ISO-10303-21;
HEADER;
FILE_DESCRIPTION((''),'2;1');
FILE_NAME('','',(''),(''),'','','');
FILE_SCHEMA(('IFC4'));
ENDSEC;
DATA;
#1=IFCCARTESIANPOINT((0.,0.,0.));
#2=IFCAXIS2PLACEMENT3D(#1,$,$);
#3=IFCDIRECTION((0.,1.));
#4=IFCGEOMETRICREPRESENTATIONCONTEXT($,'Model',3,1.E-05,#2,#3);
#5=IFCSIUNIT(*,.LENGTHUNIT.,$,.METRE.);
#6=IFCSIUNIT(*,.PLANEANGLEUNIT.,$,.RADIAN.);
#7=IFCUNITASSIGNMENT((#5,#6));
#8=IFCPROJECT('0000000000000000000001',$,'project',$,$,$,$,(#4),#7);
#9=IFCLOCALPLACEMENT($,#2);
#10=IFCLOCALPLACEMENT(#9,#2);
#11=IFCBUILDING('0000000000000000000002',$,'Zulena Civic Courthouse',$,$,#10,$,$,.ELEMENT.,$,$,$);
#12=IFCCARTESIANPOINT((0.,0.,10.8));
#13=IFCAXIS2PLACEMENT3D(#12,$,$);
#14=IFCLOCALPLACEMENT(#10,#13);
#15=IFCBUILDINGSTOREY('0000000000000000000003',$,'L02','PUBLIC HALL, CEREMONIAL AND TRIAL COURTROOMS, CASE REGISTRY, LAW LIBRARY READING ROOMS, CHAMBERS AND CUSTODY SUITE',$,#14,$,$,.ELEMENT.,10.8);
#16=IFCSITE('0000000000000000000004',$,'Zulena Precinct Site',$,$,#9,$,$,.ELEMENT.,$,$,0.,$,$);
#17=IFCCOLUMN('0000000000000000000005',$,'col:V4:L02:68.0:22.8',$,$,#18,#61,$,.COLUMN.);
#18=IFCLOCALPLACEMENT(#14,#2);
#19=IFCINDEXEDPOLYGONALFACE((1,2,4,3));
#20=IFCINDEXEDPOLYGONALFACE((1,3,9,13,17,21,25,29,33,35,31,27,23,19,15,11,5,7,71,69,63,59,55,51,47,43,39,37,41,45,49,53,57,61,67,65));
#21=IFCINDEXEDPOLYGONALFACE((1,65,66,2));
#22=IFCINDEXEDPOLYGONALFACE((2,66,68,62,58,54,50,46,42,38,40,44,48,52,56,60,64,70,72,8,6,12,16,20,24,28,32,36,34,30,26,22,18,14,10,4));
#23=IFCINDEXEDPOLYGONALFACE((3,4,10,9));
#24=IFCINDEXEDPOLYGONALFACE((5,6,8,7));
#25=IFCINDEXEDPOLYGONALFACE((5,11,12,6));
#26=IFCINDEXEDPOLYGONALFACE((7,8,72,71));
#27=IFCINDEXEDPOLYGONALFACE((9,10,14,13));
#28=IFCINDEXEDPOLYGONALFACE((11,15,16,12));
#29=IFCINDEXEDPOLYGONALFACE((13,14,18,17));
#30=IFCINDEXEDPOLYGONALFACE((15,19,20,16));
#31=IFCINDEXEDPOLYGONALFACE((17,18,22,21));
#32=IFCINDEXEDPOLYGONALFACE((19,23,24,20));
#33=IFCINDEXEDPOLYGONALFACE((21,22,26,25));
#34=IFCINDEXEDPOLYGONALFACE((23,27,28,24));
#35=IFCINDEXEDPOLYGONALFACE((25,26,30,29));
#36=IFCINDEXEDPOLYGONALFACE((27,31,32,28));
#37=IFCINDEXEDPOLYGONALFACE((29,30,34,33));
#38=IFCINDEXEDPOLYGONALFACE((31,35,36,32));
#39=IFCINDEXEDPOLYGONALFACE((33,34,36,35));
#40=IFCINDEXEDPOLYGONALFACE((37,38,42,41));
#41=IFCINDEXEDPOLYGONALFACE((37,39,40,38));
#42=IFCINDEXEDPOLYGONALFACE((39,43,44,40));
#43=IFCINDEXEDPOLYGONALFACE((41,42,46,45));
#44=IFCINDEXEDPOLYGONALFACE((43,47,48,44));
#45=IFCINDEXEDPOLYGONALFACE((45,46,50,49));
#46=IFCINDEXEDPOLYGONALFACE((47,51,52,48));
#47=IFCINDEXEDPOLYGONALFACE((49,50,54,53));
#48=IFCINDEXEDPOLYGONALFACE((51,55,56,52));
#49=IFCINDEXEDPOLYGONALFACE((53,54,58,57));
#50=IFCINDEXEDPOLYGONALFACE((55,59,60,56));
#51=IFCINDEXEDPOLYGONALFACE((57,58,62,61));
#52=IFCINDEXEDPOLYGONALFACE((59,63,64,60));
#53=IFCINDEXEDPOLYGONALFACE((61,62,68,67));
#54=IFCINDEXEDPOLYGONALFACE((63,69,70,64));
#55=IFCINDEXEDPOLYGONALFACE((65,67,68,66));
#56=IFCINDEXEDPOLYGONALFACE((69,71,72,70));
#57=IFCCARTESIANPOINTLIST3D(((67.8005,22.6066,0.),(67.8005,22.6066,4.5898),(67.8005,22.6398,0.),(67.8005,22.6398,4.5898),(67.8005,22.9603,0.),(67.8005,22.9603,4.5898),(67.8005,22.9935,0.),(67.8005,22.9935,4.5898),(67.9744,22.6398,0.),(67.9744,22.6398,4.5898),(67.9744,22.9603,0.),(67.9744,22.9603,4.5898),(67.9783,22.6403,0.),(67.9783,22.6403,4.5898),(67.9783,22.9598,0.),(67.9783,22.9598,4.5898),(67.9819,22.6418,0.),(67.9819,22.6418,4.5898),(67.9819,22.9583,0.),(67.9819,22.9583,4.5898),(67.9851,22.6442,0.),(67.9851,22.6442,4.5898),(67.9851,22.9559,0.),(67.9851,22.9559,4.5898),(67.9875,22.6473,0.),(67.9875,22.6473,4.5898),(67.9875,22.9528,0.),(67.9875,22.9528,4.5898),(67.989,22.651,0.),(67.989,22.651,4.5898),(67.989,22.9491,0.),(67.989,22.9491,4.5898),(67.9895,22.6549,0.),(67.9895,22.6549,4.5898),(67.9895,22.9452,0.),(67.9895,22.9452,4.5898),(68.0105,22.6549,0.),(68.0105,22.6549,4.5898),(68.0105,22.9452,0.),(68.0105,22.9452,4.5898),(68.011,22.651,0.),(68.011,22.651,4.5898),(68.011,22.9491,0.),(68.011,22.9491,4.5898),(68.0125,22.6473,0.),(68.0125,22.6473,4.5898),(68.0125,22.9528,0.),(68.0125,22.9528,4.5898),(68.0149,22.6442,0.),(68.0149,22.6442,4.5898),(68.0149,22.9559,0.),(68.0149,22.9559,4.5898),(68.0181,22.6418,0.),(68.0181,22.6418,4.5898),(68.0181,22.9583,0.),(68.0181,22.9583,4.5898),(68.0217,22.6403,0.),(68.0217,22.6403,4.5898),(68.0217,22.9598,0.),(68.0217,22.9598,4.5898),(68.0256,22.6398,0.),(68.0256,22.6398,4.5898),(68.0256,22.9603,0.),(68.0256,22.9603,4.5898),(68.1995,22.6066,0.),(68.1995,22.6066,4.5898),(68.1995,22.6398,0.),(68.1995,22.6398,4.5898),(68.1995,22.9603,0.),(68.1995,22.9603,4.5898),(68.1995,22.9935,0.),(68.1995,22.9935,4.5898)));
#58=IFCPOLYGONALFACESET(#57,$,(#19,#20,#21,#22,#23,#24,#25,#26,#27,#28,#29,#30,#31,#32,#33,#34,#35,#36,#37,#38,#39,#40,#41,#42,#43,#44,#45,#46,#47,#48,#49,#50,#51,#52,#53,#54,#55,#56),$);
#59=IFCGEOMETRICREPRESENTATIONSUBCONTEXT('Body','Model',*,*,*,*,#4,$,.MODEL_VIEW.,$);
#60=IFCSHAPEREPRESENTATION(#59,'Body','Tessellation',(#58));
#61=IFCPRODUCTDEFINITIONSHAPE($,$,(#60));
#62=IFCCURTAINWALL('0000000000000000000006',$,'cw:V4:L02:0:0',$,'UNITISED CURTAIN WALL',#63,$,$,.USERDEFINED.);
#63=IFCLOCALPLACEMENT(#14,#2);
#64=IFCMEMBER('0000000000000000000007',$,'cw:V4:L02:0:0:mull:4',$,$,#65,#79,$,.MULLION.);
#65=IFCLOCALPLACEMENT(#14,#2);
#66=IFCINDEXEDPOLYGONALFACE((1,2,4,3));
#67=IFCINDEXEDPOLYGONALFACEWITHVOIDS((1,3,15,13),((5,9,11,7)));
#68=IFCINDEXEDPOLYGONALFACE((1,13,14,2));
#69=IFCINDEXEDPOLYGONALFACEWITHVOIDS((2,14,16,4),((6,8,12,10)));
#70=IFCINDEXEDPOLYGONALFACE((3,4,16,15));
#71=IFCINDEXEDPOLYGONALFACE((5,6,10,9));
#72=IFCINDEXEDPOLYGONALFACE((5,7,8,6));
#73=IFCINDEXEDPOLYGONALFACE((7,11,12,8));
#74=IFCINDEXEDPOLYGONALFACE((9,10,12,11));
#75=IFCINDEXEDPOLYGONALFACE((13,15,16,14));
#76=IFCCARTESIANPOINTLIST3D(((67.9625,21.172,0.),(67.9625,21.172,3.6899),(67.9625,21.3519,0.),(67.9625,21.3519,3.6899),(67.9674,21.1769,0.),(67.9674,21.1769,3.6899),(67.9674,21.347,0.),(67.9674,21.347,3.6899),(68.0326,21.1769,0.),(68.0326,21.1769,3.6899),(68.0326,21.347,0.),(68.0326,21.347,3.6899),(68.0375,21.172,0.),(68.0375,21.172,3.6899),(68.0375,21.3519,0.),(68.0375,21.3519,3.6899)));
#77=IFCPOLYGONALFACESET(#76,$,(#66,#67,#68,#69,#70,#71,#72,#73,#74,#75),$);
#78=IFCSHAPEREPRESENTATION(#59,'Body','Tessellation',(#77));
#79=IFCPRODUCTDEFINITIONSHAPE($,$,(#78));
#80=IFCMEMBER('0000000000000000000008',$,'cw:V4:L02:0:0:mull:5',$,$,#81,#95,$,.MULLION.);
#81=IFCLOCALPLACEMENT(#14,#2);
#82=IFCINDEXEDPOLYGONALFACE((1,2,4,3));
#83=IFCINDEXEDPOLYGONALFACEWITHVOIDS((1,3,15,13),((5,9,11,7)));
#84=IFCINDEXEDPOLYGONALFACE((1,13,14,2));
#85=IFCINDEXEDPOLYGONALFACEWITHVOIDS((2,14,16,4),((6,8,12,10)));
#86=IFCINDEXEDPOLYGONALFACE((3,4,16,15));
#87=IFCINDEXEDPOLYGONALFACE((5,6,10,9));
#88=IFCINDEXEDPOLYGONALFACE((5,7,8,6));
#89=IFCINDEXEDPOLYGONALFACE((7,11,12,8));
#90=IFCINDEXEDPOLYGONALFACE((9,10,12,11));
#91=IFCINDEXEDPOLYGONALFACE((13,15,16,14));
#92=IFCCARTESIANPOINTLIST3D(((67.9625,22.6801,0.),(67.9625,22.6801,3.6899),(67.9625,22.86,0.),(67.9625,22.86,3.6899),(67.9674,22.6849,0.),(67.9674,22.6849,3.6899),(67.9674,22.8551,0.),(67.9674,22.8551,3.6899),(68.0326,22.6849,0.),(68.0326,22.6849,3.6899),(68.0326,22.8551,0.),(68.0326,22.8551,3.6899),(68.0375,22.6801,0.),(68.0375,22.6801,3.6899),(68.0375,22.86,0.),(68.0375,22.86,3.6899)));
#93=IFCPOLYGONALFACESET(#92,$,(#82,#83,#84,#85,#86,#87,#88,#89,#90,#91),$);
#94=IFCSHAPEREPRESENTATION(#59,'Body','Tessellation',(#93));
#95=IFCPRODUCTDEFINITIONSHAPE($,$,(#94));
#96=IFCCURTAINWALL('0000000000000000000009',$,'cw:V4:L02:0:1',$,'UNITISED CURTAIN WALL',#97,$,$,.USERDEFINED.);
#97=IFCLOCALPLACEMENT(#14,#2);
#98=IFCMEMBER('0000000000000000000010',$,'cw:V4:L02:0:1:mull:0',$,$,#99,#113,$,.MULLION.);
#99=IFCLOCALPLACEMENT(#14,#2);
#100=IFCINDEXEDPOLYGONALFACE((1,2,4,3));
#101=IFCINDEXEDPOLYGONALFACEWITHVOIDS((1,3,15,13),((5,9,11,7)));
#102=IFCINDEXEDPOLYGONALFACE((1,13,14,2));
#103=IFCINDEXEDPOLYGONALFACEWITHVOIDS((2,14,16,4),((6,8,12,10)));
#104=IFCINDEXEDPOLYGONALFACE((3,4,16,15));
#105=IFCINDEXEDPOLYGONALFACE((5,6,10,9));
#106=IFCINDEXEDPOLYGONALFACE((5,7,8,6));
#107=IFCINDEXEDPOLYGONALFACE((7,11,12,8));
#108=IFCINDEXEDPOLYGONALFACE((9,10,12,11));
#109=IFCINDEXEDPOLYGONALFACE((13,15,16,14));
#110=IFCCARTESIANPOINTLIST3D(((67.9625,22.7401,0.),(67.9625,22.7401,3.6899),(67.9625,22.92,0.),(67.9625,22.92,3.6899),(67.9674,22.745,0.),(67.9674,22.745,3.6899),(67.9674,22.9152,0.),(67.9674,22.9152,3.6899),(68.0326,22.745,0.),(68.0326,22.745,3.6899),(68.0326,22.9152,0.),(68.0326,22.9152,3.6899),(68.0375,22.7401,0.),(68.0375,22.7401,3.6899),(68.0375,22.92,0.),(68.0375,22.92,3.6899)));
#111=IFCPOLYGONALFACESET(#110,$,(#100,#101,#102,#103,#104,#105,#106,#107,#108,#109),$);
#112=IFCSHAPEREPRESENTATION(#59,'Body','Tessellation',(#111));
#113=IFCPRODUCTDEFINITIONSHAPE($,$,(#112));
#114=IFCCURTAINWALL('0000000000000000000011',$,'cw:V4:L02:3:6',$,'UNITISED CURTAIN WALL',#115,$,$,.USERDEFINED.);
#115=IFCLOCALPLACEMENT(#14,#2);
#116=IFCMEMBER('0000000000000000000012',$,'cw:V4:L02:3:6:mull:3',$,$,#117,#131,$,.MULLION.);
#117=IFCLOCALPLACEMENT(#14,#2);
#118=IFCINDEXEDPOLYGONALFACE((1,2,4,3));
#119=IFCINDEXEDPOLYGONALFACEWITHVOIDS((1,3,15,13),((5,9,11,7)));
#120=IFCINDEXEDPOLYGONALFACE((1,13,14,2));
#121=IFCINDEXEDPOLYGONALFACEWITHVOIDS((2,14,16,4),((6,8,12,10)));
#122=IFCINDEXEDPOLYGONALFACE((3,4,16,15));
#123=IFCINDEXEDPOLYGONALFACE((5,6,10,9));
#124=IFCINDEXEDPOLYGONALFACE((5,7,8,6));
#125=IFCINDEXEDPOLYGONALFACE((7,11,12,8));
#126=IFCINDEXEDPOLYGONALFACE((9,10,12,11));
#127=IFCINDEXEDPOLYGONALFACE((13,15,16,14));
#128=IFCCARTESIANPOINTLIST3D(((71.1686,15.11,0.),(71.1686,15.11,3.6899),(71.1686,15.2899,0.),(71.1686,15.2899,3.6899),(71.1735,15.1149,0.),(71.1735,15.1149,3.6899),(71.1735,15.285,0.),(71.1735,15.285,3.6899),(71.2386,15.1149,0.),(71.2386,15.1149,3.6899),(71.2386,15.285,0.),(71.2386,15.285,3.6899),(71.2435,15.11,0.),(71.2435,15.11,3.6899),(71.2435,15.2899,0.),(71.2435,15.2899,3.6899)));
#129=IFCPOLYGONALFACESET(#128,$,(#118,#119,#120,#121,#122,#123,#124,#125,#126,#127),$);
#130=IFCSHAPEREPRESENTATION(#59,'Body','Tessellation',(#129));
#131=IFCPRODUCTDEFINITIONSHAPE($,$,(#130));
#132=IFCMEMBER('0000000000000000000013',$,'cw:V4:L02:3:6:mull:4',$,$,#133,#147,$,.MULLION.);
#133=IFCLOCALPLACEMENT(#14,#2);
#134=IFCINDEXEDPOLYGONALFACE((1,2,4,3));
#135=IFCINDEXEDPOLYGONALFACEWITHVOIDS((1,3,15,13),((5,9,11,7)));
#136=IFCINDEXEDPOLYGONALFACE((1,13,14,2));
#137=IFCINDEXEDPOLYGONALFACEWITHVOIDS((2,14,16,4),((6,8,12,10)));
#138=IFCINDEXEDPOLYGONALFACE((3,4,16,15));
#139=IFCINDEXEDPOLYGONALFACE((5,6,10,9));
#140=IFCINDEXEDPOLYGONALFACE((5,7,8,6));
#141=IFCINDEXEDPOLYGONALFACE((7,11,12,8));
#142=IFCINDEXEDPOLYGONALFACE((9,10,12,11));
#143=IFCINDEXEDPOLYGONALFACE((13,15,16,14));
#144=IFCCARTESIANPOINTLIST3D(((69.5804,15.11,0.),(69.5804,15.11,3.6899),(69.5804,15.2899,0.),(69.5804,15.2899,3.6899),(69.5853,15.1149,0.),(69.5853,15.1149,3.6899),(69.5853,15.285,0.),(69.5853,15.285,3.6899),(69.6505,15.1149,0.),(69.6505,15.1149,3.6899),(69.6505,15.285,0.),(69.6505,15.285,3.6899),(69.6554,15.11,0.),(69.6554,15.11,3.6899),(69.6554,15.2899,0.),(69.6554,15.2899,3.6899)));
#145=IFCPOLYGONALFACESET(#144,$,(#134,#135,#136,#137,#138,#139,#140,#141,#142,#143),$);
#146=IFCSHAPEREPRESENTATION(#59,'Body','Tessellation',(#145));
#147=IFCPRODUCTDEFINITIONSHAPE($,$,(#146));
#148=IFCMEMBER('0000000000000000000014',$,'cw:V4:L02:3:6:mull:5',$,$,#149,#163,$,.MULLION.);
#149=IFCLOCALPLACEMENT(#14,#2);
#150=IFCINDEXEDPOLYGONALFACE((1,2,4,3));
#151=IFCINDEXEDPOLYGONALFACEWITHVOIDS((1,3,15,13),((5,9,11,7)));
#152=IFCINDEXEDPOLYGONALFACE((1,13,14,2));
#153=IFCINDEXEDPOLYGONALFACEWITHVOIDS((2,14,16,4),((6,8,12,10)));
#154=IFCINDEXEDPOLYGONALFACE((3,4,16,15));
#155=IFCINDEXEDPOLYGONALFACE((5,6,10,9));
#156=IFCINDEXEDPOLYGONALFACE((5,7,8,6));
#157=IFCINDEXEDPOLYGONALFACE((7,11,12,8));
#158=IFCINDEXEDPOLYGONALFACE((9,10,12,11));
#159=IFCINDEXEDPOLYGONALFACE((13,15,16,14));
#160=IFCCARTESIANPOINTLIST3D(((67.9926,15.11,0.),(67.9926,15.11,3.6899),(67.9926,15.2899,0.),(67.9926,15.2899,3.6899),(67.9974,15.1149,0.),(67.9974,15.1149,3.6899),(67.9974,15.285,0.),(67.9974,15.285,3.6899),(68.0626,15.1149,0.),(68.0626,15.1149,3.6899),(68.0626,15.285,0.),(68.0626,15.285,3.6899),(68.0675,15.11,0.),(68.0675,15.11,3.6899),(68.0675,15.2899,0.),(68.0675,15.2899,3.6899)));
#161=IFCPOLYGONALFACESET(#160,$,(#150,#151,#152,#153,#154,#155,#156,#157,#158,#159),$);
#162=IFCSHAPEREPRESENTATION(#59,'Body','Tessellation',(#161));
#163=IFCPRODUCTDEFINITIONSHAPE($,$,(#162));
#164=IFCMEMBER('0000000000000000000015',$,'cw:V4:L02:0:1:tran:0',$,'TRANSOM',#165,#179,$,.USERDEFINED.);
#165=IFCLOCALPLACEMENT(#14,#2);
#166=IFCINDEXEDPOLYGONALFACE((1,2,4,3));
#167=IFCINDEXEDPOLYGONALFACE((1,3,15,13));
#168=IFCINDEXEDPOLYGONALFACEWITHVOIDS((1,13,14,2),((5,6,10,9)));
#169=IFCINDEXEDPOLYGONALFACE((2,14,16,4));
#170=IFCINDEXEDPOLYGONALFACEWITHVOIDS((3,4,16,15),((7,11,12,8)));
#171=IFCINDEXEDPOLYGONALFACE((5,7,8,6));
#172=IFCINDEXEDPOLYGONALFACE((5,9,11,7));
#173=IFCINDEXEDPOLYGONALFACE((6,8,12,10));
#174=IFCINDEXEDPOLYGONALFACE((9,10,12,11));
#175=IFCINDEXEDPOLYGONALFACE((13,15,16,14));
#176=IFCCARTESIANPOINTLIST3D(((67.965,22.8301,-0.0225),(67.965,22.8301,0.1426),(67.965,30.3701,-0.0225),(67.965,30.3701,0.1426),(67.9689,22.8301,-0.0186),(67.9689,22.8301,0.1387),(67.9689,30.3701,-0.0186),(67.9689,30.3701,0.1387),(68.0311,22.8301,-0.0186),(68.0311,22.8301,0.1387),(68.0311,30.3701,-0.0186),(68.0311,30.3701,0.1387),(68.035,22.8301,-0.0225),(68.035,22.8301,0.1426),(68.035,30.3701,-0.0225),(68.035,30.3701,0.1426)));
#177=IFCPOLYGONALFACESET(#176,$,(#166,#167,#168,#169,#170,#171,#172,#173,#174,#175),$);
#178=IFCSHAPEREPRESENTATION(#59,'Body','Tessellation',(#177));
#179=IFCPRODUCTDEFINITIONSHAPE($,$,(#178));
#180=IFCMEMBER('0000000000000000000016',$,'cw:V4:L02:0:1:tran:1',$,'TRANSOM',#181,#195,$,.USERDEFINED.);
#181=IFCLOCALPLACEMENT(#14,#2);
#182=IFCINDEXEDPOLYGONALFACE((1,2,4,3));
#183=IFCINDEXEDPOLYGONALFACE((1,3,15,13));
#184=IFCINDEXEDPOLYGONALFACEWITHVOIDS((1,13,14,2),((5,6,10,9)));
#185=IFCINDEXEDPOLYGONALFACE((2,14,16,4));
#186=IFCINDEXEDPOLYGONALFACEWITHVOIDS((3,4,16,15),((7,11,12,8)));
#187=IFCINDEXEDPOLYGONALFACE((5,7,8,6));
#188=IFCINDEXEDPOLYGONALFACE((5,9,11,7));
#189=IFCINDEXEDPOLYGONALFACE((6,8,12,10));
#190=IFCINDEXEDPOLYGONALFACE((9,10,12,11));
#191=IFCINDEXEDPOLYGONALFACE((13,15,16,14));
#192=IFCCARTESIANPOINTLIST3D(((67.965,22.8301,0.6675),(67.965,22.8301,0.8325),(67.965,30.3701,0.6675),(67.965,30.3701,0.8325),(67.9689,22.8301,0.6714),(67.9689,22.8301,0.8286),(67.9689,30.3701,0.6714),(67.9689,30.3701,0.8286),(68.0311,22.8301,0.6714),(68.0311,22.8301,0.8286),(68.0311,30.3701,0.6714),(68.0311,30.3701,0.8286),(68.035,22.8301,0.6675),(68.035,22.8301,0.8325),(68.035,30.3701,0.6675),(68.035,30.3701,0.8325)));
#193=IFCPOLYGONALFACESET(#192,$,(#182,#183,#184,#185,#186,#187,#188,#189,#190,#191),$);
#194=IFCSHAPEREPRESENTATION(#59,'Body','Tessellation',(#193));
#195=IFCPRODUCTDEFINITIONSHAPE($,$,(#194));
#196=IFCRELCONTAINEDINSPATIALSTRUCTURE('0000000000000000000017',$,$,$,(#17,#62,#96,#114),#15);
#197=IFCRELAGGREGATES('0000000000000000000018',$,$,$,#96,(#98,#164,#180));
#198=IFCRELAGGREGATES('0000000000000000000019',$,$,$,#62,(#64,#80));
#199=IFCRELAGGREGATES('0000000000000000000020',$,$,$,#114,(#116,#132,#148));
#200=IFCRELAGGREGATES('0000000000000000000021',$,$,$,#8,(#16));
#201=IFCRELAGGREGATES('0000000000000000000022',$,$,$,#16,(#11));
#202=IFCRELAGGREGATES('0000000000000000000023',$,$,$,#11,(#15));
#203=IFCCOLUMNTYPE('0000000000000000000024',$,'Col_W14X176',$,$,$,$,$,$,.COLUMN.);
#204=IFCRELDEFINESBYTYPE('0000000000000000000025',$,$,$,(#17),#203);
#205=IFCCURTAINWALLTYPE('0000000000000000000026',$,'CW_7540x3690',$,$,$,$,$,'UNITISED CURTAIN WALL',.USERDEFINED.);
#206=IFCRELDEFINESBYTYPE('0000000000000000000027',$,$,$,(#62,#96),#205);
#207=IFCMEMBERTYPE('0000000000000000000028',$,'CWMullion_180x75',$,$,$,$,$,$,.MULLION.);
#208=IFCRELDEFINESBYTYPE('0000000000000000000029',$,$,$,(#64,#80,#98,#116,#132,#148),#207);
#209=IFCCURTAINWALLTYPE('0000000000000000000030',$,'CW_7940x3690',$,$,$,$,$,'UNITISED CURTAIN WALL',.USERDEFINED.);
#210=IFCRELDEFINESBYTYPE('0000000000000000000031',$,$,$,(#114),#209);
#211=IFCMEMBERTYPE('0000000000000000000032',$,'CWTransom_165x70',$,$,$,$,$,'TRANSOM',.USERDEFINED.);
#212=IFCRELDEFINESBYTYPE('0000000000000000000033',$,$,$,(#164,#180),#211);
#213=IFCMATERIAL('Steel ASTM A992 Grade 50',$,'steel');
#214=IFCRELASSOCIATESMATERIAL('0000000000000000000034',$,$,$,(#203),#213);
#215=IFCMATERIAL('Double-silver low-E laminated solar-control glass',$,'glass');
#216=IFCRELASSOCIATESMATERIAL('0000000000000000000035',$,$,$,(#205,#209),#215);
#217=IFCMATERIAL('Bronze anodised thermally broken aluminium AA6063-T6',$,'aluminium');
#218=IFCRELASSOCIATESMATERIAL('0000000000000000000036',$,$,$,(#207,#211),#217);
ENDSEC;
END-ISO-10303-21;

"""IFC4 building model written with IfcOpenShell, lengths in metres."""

from ifc_helpers import new_model, si_unit, direction, frame, origin, origin_2d, place, context, subcontext, project, spatial, hollow_rectangle, i_section, extrude, material, material_profile, profile_set, type_object, element, aggregate, save


model = new_model("IFC4")

# Units and contexts
model_context = context("Model", 3, precision=1e-05, world=origin(), true_north=direction((0.0, 1.0)))
body_context = subcontext(model_context, "Body", "Model", "MODEL_VIEW")
ifc_project = project(units=[si_unit("LENGTHUNIT", "METRE"), si_unit("PLANEANGLEUNIT", "RADIAN")], contexts=[model_context])

# Site, building, storey
site_placement = place(None, origin())
site = spatial("IfcSite", under=ifc_project, at=site_placement, Name="Zulena Precinct Site", CompositionType="ELEMENT", RefElevation=0.0)
building_placement = place(site_placement, origin())
building = spatial("IfcBuilding", under=site, at=building_placement, Name="Zulena Civic Courthouse", CompositionType="ELEMENT")
storey_placement = place(building_placement, frame((0.0, 0.0, 10.8)))
storey = spatial("IfcBuildingStorey", under=building, at=storey_placement, Name="L02", Description="PUBLIC HALL, CEREMONIAL AND TRIAL COURTROOMS, CASE REGISTRY, LAW LIBRARY READING ROOMS, CHAMBERS AND CUSTODY SUITE", CompositionType="ELEMENT", Elevation=10.8)

# Column
ifc_material_1 = material(Name="Steel ASTM A992 Grade 50", Category="steel")
ifc_material_profile_1 = material_profile(ifc_material_1, i_section(OverallWidth=0.3989, OverallDepth=0.387, WebThickness=0.021, FlangeThickness=0.0332, FilletRadius=0.0151, at=origin_2d()), Name="W14X176")
ifc_profile_set_1 = profile_set([ifc_material_profile_1], Name="Steel ASTM A992 Grade 50")
column_type = type_object("IfcColumnType", Name="Col_W14X176", PredefinedType="COLUMN", material=ifc_profile_set_1)
column_placement = place(storey_placement, frame((68.0, 22.8, 0.0), z_axis=(0.0, 0.0, 1.0), x_axis=(1.0, 0.0, 0.0)))
element("IfcColumn", 1, at=column_placement, inside=storey, type_object=column_type, Name="col:V4:L02:68.0:22.8", PredefinedType="COLUMN", context=body_context, shape_type="SweptSolid", body=[
    extrude(i_section(OverallWidth=0.3989, OverallDepth=0.387, WebThickness=0.021, FlangeThickness=0.0332, FilletRadius=0.0151, at=origin_2d()), origin(), (0.0, 0.0, 1.0), 4.5898),
])

# Curtain wall, members
ifc_material_2 = material(Name="Double-silver low-E laminated solar-control glass", Category="glass")
curtain_wall_type_1 = type_object("IfcCurtainWallType", Name="CW_7540x3690", ElementType="UNITISED CURTAIN WALL", PredefinedType="USERDEFINED", material=ifc_material_2)
curtain_wall_1_placement = place(storey_placement, origin())
curtain_wall_1 = element("IfcCurtainWall", 2, at=curtain_wall_1_placement, inside=storey, type_object=curtain_wall_type_1, Name="cw:V4:L02:0:0", ObjectType="UNITISED CURTAIN WALL", PredefinedType="USERDEFINED")
ifc_material_3 = material(Name="Bronze anodised thermally broken aluminium AA6063-T6", Category="aluminium")
ifc_material_profile_2 = material_profile(ifc_material_3, hollow_rectangle(XDim=0.075, YDim=0.1799, WallThickness=0.0049, at=origin_2d()), Name="CWM180X75X5")
ifc_profile_set_2 = profile_set([ifc_material_profile_2], Name="Bronze anodised thermally broken aluminium AA6063-T6")
member_type_1 = type_object("IfcMemberType", Name="CWMullion_180x75", PredefinedType="MULLION", material=ifc_profile_set_2)
member_1_placement = place(storey_placement, frame((68.0, 21.262, 0.0), z_axis=(0.0, 0.0, 1.0), x_axis=(1.0, 0.0, 0.0)))
member_1 = element("IfcMember", 3, at=member_1_placement, type_object=member_type_1, Name="cw:V4:L02:0:0:mull:4", PredefinedType="MULLION", context=body_context, shape_type="SweptSolid", body=[
    extrude(hollow_rectangle(XDim=0.075, YDim=0.1799, WallThickness=0.0049, at=origin_2d()), origin(), (0.0, 0.0, 1.0), 3.6899),
])
member_2_placement = place(storey_placement, frame((68.0, 22.77, 0.0), z_axis=(0.0, 0.0, 1.0), x_axis=(1.0, 0.0, 0.0)))
member_2 = element("IfcMember", 4, at=member_2_placement, type_object=member_type_1, Name="cw:V4:L02:0:0:mull:5", PredefinedType="MULLION", context=body_context, shape_type="SweptSolid", body=[
    extrude(hollow_rectangle(XDim=0.075, YDim=0.1799, WallThickness=0.0049, at=origin_2d()), origin(), (0.0, 0.0, 1.0), 3.6899),
])

# Curtain wall, member
curtain_wall_2_placement = place(storey_placement, origin())
curtain_wall_2 = element("IfcCurtainWall", 5, at=curtain_wall_2_placement, inside=storey, type_object=curtain_wall_type_1, Name="cw:V4:L02:0:1", ObjectType="UNITISED CURTAIN WALL", PredefinedType="USERDEFINED")
member_3_placement = place(storey_placement, frame((68.0, 22.8301, 0.0), z_axis=(0.0, 0.0, 1.0), x_axis=(1.0, 0.0, 0.0)))
member_3 = element("IfcMember", 6, at=member_3_placement, type_object=member_type_1, Name="cw:V4:L02:0:1:mull:0", PredefinedType="MULLION", context=body_context, shape_type="SweptSolid", body=[
    extrude(hollow_rectangle(XDim=0.075, YDim=0.1799, WallThickness=0.0049, at=origin_2d()), origin(), (0.0, 0.0, 1.0), 3.6899),
])

# Curtain wall, members
curtain_wall_type_2 = type_object("IfcCurtainWallType", Name="CW_7940x3690", ElementType="UNITISED CURTAIN WALL", PredefinedType="USERDEFINED", material=ifc_material_2)
curtain_wall_3_placement = place(storey_placement, origin())
curtain_wall_3 = element("IfcCurtainWall", 7, at=curtain_wall_3_placement, inside=storey, type_object=curtain_wall_type_2, Name="cw:V4:L02:3:6", ObjectType="UNITISED CURTAIN WALL", PredefinedType="USERDEFINED")
member_4_placement = place(storey_placement, frame((71.2061, 15.2, 0.0), z_axis=(0.0, 0.0, 1.0), x_axis=(1.0, 0.0, 0.0)))
member_4 = element("IfcMember", 8, at=member_4_placement, type_object=member_type_1, Name="cw:V4:L02:3:6:mull:3", PredefinedType="MULLION", context=body_context, shape_type="SweptSolid", body=[
    extrude(hollow_rectangle(XDim=0.075, YDim=0.1799, WallThickness=0.0049, at=origin_2d()), origin(), (0.0, 0.0, 1.0), 3.6899),
])
member_5_placement = place(storey_placement, frame((69.6179, 15.2, 0.0), z_axis=(0.0, 0.0, 1.0), x_axis=(1.0, 0.0, 0.0)))
member_5 = element("IfcMember", 9, at=member_5_placement, type_object=member_type_1, Name="cw:V4:L02:3:6:mull:4", PredefinedType="MULLION", context=body_context, shape_type="SweptSolid", body=[
    extrude(hollow_rectangle(XDim=0.075, YDim=0.1799, WallThickness=0.0049, at=origin_2d()), origin(), (0.0, 0.0, 1.0), 3.6899),
])
member_6_placement = place(storey_placement, frame((68.03, 15.2, 0.0), z_axis=(0.0, 0.0, 1.0), x_axis=(1.0, 0.0, 0.0)))
member_6 = element("IfcMember", 10, at=member_6_placement, type_object=member_type_1, Name="cw:V4:L02:3:6:mull:5", PredefinedType="MULLION", context=body_context, shape_type="SweptSolid", body=[
    extrude(hollow_rectangle(XDim=0.075, YDim=0.1799, WallThickness=0.0049, at=origin_2d()), origin(), (0.0, 0.0, 1.0), 3.6899),
])

# Members
ifc_material_profile_3 = material_profile(ifc_material_3, hollow_rectangle(XDim=0.0701, YDim=0.165, WallThickness=0.0039, at=origin_2d()), Name="CWT165X70X4")
ifc_profile_set_3 = profile_set([ifc_material_profile_3], Name="Bronze anodised thermally broken aluminium AA6063-T6")
member_type_2 = type_object("IfcMemberType", Name="CWTransom_165x70", ElementType="TRANSOM", PredefinedType="USERDEFINED", material=ifc_profile_set_3)
member_7_placement = place(storey_placement, frame((68.0, 22.8301, 0.0601), z_axis=(0.0, 1.0, 0.0), x_axis=(-1.0, 0.0, 0.0)))
member_7 = element("IfcMember", 11, at=member_7_placement, type_object=member_type_2, Name="cw:V4:L02:0:1:tran:0", ObjectType="TRANSOM", PredefinedType="USERDEFINED", context=body_context, shape_type="SweptSolid", body=[
    extrude(hollow_rectangle(XDim=0.0701, YDim=0.165, WallThickness=0.0039, at=origin_2d()), origin(), (0.0, 0.0, 1.0), 7.54),
])
member_8_placement = place(storey_placement, frame((68.0, 22.8301, 0.75), z_axis=(0.0, 1.0, 0.0), x_axis=(-1.0, 0.0, 0.0)))
member_8 = element("IfcMember", 12, at=member_8_placement, type_object=member_type_2, Name="cw:V4:L02:0:1:tran:1", ObjectType="TRANSOM", PredefinedType="USERDEFINED", context=body_context, shape_type="SweptSolid", body=[
    extrude(hollow_rectangle(XDim=0.0701, YDim=0.165, WallThickness=0.0039, at=origin_2d()), origin(), (0.0, 0.0, 1.0), 7.54),
])
aggregate(curtain_wall_2, [member_3, member_7, member_8])

aggregate(curtain_wall_1, [member_1, member_2])
aggregate(curtain_wall_3, [member_4, member_5, member_6])

save(model, "model.ifc")
